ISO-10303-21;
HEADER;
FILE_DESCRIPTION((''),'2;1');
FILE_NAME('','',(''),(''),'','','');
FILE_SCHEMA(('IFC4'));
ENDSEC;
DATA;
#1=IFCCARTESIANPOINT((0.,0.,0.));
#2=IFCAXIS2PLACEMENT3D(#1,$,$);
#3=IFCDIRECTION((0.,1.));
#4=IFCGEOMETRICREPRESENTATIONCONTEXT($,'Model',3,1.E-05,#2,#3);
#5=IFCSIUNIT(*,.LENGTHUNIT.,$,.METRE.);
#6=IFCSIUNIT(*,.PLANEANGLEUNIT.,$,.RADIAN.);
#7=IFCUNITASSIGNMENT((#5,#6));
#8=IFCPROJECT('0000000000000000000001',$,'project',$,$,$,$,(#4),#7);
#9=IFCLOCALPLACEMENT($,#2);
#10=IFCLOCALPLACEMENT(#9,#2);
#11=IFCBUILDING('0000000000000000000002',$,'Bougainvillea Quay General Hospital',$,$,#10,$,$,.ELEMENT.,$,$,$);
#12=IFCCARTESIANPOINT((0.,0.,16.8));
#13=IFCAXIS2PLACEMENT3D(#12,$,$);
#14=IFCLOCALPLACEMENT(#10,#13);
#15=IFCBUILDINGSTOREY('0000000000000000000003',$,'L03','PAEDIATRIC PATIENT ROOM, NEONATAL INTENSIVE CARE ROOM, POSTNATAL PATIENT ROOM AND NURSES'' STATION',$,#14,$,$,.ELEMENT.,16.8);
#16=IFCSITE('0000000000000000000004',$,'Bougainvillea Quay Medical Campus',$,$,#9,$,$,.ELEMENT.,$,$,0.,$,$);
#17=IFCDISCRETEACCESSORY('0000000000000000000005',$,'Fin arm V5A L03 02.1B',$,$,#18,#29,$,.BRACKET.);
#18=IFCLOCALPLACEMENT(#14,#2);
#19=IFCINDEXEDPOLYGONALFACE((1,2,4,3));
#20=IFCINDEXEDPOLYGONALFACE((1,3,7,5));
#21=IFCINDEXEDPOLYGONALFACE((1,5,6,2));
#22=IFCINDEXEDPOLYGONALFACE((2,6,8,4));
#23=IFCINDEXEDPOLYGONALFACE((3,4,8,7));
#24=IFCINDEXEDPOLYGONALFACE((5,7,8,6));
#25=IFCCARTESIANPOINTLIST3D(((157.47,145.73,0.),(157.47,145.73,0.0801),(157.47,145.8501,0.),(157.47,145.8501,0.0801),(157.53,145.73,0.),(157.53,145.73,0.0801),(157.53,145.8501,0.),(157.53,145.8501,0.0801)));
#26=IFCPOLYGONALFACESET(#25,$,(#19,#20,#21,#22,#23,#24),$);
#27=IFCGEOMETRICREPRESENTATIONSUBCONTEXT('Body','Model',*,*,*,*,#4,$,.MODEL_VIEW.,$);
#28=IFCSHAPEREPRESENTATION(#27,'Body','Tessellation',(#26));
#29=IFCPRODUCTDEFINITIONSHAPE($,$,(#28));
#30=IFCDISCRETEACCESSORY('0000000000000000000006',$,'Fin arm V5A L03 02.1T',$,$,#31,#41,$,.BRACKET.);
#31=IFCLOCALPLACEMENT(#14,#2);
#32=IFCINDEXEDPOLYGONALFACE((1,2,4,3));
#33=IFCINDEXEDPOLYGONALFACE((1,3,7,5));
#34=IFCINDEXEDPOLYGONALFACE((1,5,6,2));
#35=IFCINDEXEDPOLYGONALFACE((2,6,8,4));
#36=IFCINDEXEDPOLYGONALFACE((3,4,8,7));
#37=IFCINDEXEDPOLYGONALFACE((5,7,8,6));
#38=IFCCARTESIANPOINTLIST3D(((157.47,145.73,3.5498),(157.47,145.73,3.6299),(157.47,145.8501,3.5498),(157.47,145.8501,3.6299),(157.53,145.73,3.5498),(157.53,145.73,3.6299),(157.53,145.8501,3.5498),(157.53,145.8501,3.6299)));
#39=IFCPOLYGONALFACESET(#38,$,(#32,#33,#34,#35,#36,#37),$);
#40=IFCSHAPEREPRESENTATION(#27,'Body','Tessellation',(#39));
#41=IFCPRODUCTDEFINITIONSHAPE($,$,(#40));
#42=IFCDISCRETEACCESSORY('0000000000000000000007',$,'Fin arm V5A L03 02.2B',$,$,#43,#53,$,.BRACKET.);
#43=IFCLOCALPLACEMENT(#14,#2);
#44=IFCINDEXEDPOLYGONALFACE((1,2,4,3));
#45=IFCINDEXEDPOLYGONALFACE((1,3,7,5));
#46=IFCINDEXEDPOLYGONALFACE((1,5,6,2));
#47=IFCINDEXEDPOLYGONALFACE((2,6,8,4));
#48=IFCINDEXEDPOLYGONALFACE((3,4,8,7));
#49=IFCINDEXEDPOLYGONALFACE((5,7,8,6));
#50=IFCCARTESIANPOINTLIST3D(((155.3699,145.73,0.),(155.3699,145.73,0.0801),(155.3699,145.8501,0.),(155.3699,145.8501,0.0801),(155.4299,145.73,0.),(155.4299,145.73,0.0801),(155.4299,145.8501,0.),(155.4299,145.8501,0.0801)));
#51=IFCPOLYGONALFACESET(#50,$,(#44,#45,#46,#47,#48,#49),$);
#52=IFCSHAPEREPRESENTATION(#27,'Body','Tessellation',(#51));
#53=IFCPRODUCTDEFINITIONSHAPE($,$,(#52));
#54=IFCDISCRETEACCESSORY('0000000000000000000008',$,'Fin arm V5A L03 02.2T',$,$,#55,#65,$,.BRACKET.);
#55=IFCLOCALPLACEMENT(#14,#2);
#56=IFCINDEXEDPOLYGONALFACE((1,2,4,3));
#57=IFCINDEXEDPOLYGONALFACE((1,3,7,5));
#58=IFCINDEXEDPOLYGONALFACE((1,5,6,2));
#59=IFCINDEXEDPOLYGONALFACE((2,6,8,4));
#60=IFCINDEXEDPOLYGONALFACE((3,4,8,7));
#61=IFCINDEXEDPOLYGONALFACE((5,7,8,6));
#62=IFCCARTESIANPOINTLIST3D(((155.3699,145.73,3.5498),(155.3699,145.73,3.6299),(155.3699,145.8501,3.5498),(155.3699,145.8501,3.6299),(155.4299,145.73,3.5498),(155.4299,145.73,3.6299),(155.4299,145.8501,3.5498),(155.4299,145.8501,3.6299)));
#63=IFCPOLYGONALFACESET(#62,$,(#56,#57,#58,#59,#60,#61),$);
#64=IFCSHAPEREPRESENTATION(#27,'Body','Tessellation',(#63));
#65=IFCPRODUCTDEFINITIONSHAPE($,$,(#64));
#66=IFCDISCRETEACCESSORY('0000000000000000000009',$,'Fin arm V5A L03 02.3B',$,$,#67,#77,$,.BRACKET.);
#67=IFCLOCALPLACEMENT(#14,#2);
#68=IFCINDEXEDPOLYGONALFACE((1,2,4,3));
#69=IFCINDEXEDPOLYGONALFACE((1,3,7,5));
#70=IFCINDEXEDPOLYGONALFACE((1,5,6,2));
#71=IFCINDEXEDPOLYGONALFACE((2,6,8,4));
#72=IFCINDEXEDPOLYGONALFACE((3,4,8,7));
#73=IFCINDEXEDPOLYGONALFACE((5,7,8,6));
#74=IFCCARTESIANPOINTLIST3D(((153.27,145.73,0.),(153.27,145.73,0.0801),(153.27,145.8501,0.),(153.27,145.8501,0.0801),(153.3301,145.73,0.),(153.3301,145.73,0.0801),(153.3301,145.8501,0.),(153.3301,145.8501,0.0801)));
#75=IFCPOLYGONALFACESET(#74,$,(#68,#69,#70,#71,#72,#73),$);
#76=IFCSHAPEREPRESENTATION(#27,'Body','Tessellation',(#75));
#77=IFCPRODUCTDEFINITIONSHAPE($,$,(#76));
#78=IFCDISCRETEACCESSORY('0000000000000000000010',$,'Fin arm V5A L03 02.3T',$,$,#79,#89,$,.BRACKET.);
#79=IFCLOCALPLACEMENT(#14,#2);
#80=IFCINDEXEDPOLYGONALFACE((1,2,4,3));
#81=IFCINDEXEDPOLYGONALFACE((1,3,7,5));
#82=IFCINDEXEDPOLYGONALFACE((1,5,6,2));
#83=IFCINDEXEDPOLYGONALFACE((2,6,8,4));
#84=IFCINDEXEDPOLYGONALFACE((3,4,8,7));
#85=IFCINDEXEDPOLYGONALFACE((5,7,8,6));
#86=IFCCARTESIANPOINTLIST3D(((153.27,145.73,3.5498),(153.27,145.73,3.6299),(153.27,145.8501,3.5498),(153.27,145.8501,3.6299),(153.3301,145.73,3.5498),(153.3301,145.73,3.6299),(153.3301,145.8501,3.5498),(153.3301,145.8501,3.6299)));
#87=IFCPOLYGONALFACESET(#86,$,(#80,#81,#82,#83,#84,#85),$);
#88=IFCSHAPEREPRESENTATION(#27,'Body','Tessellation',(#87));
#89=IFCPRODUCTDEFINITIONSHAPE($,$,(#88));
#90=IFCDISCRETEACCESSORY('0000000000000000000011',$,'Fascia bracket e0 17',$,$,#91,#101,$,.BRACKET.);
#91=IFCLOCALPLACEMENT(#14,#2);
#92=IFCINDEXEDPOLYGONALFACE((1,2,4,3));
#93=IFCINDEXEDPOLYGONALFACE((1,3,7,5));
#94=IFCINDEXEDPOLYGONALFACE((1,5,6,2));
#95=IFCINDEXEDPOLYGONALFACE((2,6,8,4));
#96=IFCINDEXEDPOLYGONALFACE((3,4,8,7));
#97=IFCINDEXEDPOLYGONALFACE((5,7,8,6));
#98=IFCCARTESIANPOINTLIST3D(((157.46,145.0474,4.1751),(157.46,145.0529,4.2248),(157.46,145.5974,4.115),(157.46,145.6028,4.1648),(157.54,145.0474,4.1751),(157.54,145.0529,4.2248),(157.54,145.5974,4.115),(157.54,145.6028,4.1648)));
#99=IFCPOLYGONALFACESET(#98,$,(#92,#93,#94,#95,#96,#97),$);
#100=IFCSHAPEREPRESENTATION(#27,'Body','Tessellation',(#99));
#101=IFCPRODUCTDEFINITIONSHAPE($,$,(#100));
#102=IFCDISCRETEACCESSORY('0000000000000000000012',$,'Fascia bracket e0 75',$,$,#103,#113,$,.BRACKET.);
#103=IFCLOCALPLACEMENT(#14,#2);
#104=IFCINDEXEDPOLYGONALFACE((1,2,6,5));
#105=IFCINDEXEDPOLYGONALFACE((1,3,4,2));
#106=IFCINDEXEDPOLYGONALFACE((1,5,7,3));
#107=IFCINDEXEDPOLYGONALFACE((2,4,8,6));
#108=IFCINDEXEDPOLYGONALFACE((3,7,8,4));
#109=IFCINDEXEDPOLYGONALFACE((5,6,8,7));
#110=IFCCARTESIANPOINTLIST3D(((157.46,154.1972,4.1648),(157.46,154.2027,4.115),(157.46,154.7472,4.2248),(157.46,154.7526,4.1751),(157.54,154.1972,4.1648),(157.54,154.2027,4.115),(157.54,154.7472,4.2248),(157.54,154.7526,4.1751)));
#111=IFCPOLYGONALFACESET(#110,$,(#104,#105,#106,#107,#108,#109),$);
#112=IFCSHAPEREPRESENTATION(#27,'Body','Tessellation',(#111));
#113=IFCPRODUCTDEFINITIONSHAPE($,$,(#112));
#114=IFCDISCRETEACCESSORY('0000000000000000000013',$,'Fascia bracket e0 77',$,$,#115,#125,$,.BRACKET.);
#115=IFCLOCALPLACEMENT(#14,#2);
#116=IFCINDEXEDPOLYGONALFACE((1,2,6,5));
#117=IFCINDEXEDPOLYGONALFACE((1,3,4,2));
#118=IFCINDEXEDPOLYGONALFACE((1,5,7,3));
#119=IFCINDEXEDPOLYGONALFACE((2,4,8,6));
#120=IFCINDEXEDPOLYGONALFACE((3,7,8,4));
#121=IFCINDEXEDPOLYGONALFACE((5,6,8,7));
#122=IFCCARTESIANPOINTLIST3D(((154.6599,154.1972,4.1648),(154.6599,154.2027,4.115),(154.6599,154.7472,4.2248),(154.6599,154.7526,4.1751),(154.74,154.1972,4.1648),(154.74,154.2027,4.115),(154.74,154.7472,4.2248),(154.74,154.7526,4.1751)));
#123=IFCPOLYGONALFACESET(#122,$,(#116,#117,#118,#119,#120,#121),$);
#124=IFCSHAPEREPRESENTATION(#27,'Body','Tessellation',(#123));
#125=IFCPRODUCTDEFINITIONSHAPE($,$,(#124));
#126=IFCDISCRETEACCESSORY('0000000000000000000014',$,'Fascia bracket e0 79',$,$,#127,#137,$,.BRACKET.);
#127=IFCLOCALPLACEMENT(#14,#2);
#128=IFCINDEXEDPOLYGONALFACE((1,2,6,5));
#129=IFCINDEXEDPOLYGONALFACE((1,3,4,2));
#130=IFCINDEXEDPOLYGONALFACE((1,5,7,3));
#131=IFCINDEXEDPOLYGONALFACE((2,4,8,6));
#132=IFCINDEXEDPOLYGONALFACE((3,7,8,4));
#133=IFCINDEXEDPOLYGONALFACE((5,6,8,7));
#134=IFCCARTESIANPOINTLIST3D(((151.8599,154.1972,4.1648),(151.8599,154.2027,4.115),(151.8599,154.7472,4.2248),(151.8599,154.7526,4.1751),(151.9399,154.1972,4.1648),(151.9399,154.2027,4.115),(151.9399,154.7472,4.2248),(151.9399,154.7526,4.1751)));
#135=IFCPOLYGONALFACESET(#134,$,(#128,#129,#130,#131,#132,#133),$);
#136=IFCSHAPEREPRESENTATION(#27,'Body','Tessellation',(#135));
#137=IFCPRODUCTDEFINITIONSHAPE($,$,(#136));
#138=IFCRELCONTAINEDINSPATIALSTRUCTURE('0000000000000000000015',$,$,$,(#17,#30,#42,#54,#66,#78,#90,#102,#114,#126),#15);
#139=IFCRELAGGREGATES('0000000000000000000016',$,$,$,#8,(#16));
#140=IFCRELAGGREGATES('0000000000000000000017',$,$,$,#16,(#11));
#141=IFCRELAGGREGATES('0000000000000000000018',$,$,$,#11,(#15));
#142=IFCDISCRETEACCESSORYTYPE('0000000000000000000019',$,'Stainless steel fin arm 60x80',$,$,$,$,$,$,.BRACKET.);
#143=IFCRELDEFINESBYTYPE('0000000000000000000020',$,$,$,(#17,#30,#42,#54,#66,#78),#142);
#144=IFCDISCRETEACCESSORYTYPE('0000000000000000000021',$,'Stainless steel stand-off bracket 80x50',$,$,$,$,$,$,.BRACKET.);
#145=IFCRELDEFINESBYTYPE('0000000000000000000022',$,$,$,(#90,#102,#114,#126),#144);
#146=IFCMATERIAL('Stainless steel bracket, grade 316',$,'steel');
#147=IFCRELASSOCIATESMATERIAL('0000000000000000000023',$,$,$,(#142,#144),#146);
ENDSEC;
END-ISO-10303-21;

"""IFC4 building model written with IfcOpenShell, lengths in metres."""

from ifc_helpers import new_model, si_unit, direction, frame, origin, origin_2d, place, context, subcontext, project, spatial, rectangle, extrude, material, material_profile, profile_set, type_object, element, save


model = new_model("IFC4")

# Units and contexts
model_context = context("Model", 3, precision=1e-05, world=origin(), true_north=direction((0.0, 1.0)))
body_context = subcontext(model_context, "Body", "Model", "MODEL_VIEW")
ifc_project = project(units=[si_unit("LENGTHUNIT", "METRE"), si_unit("PLANEANGLEUNIT", "RADIAN")], contexts=[model_context])

# Site, building, storey
site_placement = place(None, origin())
site = spatial("IfcSite", under=ifc_project, at=site_placement, Name="Bougainvillea Quay Medical Campus", CompositionType="ELEMENT", RefElevation=0.0)
building_placement = place(site_placement, origin())
building = spatial("IfcBuilding", under=site, at=building_placement, Name="Bougainvillea Quay General Hospital", CompositionType="ELEMENT")
storey_placement = place(building_placement, frame((0.0, 0.0, 16.8)))
storey = spatial("IfcBuildingStorey", under=building, at=storey_placement, Name="L03", Description="PAEDIATRIC PATIENT ROOM, NEONATAL INTENSIVE CARE ROOM, POSTNATAL PATIENT ROOM AND NURSES' STATION", CompositionType="ELEMENT", Elevation=16.8)

# Discrete accessories
ifc_material_1 = material(Name="Stainless steel bracket, grade 316", Category="steel")
discrete_accessory_type_1 = type_object("IfcDiscreteAccessoryType", Name="Stainless steel fin arm 60x80", PredefinedType="BRACKET", material=ifc_material_1)
for number, where, z_axis, x_axis, name in (
    (1, (157.5, 145.79, 0.0), (0.0, 0.0, 1.0), (0.0, -1.0, 0.0), "Fin arm V5A L03 02.1B"),
    (2, (157.5, 145.79, 3.5498), (0.0, 0.0, 1.0), (0.0, -1.0, 0.0), "Fin arm V5A L03 02.1T"),
    (3, (155.3999, 145.79, 0.0), (0.0, 0.0, 1.0), (0.0, -1.0, 0.0), "Fin arm V5A L03 02.2B"),
    (4, (155.3999, 145.79, 3.5498), (0.0, 0.0, 1.0), (0.0, -1.0, 0.0), "Fin arm V5A L03 02.2T"),
    (5, (153.3, 145.79, 0.0), (0.0, 0.0, 1.0), (0.0, -1.0, 0.0), "Fin arm V5A L03 02.3B"),
    (6, (153.3, 145.79, 3.5498), (0.0, 0.0, 1.0), (0.0, -1.0, 0.0), "Fin arm V5A L03 02.3T"),
):
    element("IfcDiscreteAccessory", number, at=place(storey_placement, frame(where, z_axis=z_axis, x_axis=x_axis)), inside=storey, type_object=discrete_accessory_type_1, Name=name, PredefinedType="BRACKET", context=body_context, shape_type="SweptSolid", body=[
        extrude(rectangle(XDim=0.1201, YDim=0.0601, at=origin_2d()), origin(), (0.0, 0.0, 1.0), 0.0801),
    ])
ifc_material_profile_1 = material_profile(ifc_material_1, rectangle(XDim=0.0801, YDim=0.05, at=origin_2d()))
ifc_profile_set_1 = profile_set([ifc_material_profile_1], Name="Stainless steel bracket, grade 316")
discrete_accessory_type_2 = type_object("IfcDiscreteAccessoryType", Name="Stainless steel stand-off bracket 80x50", PredefinedType="BRACKET", material=ifc_profile_set_1)
for number, where, z_axis, x_axis, name in (
    (7, (157.5, 145.6001, 4.1399), (0.0, -0.994092, 0.108543), (1.0, 0.0, 0.0), "Fascia bracket e0 17"),
    (8, (157.5, 154.2, 4.1399), (0.0, 0.994092, 0.108543), (-1.0, 0.0, 0.0), "Fascia bracket e0 75"),
    (9, (154.7, 154.2, 4.1399), (0.0, 0.994092, 0.108543), (-1.0, 0.0, 0.0), "Fascia bracket e0 77"),
    (10, (151.8999, 154.2, 4.1399), (0.0, 0.994092, 0.108543), (-1.0, 0.0, 0.0), "Fascia bracket e0 79"),
):
    element("IfcDiscreteAccessory", number, at=place(storey_placement, frame(where, z_axis=z_axis, x_axis=x_axis)), inside=storey, type_object=discrete_accessory_type_2, Name=name, PredefinedType="BRACKET", context=body_context, shape_type="SweptSolid", body=[
        extrude(rectangle(XDim=0.0801, YDim=0.05, at=origin_2d()), origin(), (0.0, 0.0, 1.0), 0.5532),
    ])

save(model, "model.ifc")
